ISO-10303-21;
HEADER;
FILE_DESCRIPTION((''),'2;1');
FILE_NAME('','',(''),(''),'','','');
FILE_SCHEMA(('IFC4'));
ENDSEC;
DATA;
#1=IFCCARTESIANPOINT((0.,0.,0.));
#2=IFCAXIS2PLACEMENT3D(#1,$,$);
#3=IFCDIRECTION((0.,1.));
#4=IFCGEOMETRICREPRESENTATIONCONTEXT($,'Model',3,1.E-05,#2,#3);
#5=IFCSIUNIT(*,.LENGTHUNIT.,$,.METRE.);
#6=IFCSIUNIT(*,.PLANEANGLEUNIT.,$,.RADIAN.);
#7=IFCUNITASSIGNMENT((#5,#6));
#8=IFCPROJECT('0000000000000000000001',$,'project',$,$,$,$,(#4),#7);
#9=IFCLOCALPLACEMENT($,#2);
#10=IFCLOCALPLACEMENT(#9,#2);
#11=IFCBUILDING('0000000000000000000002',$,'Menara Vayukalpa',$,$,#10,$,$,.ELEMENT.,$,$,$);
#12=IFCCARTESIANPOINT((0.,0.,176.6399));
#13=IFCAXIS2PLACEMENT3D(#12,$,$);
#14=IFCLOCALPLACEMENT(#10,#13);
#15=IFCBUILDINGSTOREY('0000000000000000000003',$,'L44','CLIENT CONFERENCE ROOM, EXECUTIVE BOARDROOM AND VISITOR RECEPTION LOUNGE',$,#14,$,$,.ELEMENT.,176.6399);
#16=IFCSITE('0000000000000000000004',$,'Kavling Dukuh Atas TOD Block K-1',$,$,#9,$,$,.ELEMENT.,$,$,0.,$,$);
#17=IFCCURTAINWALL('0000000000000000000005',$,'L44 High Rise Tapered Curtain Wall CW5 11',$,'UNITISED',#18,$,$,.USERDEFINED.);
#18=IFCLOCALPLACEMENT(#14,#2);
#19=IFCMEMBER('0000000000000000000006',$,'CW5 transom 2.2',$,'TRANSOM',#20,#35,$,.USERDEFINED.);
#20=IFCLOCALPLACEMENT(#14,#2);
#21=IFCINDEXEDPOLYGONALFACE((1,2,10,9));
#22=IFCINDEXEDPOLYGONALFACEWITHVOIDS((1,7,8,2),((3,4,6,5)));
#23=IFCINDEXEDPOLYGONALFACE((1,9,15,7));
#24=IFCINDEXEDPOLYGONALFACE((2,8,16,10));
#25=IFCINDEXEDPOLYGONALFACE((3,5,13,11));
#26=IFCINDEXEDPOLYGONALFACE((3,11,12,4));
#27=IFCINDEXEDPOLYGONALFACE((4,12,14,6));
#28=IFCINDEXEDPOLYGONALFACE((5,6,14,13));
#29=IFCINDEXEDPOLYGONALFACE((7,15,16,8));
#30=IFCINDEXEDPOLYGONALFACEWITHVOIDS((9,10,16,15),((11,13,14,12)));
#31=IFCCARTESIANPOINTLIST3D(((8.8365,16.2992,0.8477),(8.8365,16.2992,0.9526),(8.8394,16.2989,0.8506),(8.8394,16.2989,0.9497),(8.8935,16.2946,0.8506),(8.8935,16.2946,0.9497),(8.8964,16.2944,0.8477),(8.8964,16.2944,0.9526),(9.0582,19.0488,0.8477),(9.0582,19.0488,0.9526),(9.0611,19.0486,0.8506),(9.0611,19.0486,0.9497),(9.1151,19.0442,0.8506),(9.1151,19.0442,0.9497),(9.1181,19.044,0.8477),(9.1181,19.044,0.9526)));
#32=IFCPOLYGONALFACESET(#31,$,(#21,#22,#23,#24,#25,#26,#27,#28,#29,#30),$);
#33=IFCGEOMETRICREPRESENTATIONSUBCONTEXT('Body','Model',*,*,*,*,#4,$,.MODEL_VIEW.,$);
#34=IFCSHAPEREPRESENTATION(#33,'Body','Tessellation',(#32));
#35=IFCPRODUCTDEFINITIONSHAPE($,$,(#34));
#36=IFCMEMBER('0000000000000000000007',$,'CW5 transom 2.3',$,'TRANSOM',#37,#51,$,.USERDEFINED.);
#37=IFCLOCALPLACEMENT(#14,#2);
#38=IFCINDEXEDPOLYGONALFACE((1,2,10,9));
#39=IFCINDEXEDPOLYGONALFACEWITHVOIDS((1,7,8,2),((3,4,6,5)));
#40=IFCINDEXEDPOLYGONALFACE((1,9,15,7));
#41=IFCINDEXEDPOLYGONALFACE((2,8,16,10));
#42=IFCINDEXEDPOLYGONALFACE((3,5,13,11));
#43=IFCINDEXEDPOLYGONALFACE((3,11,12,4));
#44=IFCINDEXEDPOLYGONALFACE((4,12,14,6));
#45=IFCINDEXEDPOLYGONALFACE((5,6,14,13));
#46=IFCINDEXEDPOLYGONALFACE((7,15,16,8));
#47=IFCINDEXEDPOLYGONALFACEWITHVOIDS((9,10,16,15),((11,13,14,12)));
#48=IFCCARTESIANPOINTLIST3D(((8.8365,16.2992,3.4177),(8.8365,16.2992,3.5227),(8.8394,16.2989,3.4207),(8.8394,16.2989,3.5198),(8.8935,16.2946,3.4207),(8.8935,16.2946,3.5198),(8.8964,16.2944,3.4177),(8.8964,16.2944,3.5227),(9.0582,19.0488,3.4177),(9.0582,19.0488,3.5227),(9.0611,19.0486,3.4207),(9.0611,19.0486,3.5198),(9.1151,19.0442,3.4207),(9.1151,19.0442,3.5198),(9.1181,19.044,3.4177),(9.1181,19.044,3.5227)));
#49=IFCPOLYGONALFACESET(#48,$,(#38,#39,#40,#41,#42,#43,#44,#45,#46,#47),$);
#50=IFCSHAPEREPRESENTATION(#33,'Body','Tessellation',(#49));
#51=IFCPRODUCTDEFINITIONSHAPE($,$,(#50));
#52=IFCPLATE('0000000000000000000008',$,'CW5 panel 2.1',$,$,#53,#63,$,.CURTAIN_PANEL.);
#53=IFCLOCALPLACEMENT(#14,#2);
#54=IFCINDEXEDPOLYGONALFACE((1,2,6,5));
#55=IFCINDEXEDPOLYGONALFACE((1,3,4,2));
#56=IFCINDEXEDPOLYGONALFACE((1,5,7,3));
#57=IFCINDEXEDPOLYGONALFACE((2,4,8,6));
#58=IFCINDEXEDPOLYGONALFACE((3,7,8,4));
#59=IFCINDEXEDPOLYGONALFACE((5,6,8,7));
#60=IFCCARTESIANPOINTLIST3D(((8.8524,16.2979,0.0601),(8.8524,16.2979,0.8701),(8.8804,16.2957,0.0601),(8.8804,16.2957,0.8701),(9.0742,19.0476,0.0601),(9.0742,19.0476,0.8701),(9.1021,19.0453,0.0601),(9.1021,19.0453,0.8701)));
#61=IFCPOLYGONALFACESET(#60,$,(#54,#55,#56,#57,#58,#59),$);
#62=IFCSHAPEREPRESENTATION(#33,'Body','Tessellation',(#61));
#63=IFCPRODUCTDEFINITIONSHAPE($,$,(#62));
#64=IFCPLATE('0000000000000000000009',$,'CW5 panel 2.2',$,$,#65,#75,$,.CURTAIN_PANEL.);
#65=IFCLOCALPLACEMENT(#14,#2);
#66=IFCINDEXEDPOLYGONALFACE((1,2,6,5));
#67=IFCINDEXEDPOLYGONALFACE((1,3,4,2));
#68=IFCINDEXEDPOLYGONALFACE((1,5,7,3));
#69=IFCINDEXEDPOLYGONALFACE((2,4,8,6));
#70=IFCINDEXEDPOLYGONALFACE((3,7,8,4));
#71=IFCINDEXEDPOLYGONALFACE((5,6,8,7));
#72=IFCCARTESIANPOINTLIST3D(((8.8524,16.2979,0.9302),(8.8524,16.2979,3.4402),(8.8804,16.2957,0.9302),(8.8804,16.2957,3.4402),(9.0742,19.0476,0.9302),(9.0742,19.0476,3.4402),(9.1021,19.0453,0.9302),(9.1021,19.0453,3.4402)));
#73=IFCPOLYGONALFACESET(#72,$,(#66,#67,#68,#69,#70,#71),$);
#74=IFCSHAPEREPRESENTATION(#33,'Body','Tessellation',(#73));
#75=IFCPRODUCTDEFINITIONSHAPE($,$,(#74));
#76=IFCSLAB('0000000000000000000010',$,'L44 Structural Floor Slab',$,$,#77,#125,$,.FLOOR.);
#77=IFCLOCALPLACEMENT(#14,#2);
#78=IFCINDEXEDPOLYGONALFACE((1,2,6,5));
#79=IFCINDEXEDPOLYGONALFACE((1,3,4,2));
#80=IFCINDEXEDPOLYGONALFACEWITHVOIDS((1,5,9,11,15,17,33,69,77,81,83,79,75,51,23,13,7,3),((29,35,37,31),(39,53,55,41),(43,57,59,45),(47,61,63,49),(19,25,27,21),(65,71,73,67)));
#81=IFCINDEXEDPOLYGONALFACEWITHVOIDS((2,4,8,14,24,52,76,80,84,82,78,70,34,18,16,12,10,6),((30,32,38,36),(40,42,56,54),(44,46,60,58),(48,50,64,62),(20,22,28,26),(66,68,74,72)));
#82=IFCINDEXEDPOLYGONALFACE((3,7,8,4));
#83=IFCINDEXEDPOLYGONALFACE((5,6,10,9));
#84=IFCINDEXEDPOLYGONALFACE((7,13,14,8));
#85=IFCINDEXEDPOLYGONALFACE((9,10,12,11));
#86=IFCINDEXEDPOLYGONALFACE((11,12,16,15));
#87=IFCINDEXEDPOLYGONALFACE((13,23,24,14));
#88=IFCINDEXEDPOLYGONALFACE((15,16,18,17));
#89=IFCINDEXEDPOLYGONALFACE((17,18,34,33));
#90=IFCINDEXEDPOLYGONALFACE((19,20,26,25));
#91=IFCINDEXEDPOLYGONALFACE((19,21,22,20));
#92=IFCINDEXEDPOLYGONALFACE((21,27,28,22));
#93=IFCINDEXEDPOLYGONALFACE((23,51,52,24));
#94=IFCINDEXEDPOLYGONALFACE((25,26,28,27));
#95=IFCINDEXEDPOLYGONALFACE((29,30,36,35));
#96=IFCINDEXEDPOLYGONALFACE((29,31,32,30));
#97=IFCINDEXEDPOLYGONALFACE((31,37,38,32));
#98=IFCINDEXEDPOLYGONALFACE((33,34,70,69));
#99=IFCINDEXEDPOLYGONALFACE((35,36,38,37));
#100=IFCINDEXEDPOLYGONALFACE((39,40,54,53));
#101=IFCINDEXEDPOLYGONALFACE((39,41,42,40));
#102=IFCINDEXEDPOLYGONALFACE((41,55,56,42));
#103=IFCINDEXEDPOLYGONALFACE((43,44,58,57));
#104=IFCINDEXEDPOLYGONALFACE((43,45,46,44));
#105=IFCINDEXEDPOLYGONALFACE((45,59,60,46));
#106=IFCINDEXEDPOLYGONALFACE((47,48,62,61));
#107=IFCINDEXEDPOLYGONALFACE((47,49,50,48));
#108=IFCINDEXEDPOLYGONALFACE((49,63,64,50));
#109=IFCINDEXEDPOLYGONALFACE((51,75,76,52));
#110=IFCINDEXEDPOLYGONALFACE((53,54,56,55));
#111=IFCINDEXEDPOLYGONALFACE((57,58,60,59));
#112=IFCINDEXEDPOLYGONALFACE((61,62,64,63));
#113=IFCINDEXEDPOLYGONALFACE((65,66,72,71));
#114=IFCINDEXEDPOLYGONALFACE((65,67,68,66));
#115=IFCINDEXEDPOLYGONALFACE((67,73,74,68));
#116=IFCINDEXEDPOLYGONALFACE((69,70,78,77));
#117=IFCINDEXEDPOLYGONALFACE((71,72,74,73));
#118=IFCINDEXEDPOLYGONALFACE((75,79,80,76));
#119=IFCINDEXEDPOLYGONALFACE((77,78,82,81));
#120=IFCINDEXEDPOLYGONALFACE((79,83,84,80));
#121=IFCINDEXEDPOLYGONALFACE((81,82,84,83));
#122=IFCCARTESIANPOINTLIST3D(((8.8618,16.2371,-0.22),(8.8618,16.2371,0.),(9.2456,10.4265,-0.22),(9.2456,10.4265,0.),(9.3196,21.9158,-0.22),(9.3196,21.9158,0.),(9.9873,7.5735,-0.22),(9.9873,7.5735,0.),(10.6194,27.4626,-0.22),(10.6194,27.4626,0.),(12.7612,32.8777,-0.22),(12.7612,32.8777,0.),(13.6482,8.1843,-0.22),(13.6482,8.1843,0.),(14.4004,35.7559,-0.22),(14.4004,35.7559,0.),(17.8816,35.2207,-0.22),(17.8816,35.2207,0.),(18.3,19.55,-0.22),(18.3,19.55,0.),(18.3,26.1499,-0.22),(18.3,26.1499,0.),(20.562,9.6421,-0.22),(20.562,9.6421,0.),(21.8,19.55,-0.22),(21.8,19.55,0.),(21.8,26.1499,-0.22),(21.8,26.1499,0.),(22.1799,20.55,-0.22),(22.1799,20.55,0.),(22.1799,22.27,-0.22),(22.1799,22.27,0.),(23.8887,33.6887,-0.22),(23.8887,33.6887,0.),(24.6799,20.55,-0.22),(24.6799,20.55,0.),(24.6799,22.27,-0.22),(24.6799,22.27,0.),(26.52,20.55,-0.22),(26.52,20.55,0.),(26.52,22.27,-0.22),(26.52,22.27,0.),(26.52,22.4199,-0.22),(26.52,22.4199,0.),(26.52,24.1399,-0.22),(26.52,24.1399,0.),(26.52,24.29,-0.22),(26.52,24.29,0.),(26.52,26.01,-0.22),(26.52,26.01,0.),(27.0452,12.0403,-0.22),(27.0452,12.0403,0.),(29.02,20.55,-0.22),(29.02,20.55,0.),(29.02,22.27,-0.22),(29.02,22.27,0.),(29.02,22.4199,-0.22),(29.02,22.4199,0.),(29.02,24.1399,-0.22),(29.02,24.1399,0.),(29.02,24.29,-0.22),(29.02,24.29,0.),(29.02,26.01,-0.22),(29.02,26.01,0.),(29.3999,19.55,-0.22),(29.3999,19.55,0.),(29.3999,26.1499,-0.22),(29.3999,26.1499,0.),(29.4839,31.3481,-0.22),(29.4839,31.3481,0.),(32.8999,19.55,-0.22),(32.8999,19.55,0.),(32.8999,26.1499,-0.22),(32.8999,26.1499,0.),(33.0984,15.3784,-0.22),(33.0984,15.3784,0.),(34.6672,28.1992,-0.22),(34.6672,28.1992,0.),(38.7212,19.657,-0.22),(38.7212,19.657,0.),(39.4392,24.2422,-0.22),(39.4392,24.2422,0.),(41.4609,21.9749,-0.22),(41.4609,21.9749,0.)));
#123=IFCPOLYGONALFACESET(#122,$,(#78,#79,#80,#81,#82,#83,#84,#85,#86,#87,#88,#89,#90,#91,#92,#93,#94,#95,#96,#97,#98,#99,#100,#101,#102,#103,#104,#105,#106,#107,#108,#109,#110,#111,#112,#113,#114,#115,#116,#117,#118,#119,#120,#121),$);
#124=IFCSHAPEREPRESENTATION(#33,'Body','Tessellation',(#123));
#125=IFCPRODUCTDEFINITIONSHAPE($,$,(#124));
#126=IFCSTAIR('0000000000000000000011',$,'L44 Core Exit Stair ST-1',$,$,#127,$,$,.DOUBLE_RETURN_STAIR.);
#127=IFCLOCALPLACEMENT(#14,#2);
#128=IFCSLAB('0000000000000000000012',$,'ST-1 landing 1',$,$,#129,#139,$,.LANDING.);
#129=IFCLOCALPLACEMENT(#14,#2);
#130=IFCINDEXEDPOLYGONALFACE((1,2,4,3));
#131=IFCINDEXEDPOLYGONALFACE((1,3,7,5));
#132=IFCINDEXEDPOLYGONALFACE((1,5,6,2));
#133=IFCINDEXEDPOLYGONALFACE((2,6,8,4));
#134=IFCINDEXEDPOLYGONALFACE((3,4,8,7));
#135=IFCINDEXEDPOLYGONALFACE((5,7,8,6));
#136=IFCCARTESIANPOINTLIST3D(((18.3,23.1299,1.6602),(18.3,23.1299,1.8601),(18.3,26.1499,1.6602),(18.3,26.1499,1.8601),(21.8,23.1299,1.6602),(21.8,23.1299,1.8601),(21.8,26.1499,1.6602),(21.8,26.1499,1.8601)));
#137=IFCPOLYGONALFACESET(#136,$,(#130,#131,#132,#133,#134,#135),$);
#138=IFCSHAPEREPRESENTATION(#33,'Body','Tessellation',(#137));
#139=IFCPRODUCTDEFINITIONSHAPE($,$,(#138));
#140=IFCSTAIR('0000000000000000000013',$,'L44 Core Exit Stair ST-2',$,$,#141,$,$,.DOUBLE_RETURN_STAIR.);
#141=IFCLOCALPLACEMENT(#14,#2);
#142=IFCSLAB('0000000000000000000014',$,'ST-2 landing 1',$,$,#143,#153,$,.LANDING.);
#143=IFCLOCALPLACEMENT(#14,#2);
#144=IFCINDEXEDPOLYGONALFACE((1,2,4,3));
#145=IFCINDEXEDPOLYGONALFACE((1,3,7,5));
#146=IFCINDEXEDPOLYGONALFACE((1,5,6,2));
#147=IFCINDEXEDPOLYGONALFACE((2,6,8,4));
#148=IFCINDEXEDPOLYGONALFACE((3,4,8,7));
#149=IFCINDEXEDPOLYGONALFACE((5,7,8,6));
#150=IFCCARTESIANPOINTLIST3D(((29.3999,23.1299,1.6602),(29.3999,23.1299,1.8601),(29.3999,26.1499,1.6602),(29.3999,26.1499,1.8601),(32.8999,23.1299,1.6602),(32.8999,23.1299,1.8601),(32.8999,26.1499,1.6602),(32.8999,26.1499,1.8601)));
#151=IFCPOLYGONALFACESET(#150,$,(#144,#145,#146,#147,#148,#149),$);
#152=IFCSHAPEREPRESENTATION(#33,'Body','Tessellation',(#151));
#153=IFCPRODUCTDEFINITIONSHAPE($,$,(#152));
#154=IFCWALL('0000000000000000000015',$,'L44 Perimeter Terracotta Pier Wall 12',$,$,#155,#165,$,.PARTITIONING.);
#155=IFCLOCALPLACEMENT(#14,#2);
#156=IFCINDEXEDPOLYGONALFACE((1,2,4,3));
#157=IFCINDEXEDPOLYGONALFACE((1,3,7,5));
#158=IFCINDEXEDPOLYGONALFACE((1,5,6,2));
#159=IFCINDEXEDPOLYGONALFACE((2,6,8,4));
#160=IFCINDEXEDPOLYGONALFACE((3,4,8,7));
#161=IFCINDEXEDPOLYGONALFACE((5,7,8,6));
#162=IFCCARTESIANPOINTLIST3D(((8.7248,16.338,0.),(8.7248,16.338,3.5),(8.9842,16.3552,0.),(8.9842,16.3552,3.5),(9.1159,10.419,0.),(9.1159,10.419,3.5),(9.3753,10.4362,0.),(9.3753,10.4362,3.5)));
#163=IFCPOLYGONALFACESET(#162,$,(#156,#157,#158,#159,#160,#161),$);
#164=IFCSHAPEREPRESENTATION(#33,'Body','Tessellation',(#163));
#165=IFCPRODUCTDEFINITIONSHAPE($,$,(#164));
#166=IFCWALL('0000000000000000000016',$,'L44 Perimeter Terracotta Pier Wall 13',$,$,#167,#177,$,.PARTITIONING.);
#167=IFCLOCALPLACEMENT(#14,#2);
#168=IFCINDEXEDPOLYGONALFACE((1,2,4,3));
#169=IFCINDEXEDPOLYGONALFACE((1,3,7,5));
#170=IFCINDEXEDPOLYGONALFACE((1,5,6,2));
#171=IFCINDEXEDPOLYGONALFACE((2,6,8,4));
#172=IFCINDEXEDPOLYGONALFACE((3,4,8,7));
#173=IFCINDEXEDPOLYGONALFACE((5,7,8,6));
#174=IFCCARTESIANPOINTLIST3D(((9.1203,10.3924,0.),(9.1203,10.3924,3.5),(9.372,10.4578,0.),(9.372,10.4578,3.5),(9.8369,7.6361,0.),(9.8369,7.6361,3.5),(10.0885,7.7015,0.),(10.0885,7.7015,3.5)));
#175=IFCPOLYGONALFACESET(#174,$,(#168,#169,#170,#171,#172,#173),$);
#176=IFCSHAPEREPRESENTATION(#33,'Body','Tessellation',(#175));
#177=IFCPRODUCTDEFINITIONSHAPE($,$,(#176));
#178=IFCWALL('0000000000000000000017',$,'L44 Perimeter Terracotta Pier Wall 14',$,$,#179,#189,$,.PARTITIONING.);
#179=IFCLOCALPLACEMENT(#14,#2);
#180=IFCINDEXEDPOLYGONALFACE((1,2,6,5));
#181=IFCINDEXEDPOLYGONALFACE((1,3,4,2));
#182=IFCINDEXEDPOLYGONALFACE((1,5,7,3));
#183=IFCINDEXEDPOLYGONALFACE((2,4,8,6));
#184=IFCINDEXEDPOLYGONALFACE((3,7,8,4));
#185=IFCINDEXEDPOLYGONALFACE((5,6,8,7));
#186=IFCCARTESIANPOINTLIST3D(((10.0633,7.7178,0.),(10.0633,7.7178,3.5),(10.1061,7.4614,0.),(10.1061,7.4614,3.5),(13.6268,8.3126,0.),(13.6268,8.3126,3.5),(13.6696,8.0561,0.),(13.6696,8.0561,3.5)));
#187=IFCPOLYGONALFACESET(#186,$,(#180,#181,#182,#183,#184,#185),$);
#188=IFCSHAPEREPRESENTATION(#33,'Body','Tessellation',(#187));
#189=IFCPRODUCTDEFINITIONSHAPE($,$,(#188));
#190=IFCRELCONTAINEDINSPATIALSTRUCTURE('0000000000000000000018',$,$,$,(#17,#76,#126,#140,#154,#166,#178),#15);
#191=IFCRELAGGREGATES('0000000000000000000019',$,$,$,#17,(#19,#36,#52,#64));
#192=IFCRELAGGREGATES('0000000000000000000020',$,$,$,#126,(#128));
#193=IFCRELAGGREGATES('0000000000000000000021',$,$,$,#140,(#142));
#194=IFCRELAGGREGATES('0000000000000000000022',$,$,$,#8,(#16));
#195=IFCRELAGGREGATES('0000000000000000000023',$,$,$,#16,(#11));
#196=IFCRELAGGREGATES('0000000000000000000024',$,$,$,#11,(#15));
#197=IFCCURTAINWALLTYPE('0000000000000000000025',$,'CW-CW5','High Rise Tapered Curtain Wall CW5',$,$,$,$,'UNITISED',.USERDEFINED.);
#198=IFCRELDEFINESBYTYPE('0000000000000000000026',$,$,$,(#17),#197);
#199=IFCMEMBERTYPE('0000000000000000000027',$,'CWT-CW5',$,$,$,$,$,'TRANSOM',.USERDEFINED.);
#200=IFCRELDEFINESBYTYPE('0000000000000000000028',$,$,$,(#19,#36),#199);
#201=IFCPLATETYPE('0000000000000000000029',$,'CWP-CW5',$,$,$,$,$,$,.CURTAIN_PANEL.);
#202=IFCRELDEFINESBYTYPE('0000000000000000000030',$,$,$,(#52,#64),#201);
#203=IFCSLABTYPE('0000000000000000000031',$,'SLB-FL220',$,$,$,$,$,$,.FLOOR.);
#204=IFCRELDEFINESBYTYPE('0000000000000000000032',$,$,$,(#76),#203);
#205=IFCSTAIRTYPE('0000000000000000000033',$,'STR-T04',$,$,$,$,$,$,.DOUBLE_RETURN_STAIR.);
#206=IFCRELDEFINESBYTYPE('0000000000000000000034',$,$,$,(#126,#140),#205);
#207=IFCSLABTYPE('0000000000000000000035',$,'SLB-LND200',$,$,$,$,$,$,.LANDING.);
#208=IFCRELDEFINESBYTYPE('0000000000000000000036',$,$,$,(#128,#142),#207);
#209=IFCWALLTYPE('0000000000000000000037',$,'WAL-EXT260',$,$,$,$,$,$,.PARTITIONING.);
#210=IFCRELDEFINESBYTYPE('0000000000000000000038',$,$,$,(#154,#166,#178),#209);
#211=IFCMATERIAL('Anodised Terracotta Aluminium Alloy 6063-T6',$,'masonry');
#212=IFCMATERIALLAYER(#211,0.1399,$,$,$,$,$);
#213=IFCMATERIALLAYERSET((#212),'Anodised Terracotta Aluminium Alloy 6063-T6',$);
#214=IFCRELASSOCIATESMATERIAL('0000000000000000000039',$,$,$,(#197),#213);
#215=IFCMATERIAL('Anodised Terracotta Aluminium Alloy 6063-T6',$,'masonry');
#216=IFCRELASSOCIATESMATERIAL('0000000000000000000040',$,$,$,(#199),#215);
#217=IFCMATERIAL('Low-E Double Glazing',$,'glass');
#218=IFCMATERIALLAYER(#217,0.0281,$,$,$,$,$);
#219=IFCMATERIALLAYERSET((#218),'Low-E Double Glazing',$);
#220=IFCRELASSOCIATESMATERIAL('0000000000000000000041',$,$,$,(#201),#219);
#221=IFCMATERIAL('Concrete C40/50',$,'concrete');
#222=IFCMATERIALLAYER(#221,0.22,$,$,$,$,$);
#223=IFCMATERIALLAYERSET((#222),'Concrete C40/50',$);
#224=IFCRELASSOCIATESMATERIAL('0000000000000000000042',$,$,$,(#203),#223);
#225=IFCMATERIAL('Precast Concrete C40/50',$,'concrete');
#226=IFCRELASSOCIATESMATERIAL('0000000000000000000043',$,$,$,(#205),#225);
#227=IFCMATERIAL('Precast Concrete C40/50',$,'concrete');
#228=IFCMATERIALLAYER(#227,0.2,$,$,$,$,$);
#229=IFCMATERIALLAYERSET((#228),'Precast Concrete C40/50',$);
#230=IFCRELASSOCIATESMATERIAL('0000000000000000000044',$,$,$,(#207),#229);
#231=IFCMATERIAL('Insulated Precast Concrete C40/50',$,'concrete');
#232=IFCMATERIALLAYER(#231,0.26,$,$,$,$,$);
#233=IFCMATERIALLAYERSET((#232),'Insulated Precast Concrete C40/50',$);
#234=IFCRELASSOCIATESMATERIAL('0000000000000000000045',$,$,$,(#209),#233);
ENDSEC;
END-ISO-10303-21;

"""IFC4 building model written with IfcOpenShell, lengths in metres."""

from ifc_helpers import new_model, si_unit, direction, frame, frame_2d, origin, origin_2d, place, context, subcontext, project, spatial, polyline, rectangle, hollow_rectangle, outline, extrude, material, layer, layer_set, material_profile, profile_set, type_object, element, aggregate, save


model = new_model("IFC4")

# Units and contexts
model_context = context("Model", 3, precision=1e-05, world=origin(), true_north=direction((0.0, 1.0)))
body_context = subcontext(model_context, "Body", "Model", "MODEL_VIEW")
ifc_project = project(units=[si_unit("LENGTHUNIT", "METRE"), si_unit("PLANEANGLEUNIT", "RADIAN")], contexts=[model_context])

# Site, building, storey
site_placement = place(None, origin())
site = spatial("IfcSite", under=ifc_project, at=site_placement, Name="Kavling Dukuh Atas TOD Block K-1", CompositionType="ELEMENT", RefElevation=0.0)
building_placement = place(site_placement, origin())
building = spatial("IfcBuilding", under=site, at=building_placement, Name="Menara Vayukalpa", CompositionType="ELEMENT")
storey_placement = place(building_placement, frame((0.0, 0.0, 176.6399)))
storey = spatial("IfcBuildingStorey", under=building, at=storey_placement, Name="L44", Description="CLIENT CONFERENCE ROOM, EXECUTIVE BOARDROOM AND VISITOR RECEPTION LOUNGE", CompositionType="ELEMENT", Elevation=176.6399)

# Curtain wall, members, plates
ifc_material_1 = material(Name="Anodised Terracotta Aluminium Alloy 6063-T6", Category="masonry")
ifc_layer_1 = layer(ifc_material_1, 0.1399)
ifc_layer_set_1 = layer_set([ifc_layer_1], Name="Anodised Terracotta Aluminium Alloy 6063-T6")
curtain_wall_type = type_object("IfcCurtainWallType", Name="CW-CW5", Description="High Rise Tapered Curtain Wall CW5", ElementType="UNITISED", PredefinedType="USERDEFINED", material=ifc_layer_set_1)
curtain_wall_placement = place(storey_placement, origin())
curtain_wall = element("IfcCurtainWall", 1, at=curtain_wall_placement, inside=storey, type_object=curtain_wall_type, Name="L44 High Rise Tapered Curtain Wall CW5 11", ObjectType="UNITISED", PredefinedType="USERDEFINED")
ifc_material_2 = material(Name="Anodised Terracotta Aluminium Alloy 6063-T6", Category="masonry")
ifc_material_profile_1 = material_profile(ifc_material_2, hollow_rectangle(XDim=0.0601, YDim=0.105, WallThickness=0.0029, at=origin_2d()), Name="ALU 60x105x3")
ifc_profile_set_1 = profile_set([ifc_material_profile_1], Name="Anodised Terracotta Aluminium Alloy 6063-T6")
member_type_1 = type_object("IfcMemberType", Name="CWT-CW5", ElementType="TRANSOM", PredefinedType="USERDEFINED", material=ifc_profile_set_1)
member_1_placement = place(storey_placement, frame((9.0881, 19.0464, 0.9001), z_axis=(-0.080364, -0.996766, 0.0), x_axis=(0.996766, -0.080364, 0.0)))
member_1 = element("IfcMember", 2, at=member_1_placement, type_object=member_type_1, Name="CW5 transom 2.2", ObjectType="TRANSOM", PredefinedType="USERDEFINED", context=body_context, shape_type="SweptSolid", body=[
    extrude(hollow_rectangle(XDim=0.0601, YDim=0.105, WallThickness=0.0029, at=origin_2d()), origin(), (0.0, 0.0, 1.0), 2.7585),
])
member_2_placement = place(storey_placement, frame((9.0881, 19.0464, 3.4702), z_axis=(-0.080364, -0.996766, 0.0), x_axis=(0.996766, -0.080364, 0.0)))
member_2 = element("IfcMember", 3, at=member_2_placement, type_object=member_type_1, Name="CW5 transom 2.3", ObjectType="TRANSOM", PredefinedType="USERDEFINED", context=body_context, shape_type="SweptSolid", body=[
    extrude(hollow_rectangle(XDim=0.0601, YDim=0.105, WallThickness=0.0029, at=origin_2d()), origin(), (0.0, 0.0, 1.0), 2.7585),
])
ifc_material_3 = material(Name="Low-E Double Glazing", Category="glass")
ifc_layer_2 = layer(ifc_material_3, 0.0281)
ifc_layer_set_2 = layer_set([ifc_layer_2], Name="Low-E Double Glazing")
plate_type = type_object("IfcPlateType", Name="CWP-CW5", PredefinedType="CURTAIN_PANEL", material=ifc_layer_set_2)
plate_1_placement = place(storey_placement, frame((8.9773, 17.6716, 0.0601), z_axis=(0.0, 0.0, 1.0), x_axis=(-0.080374, -0.996765, 0.0)))
plate_1 = element("IfcPlate", 4, at=plate_1_placement, type_object=plate_type, Name="CW5 panel 2.1", PredefinedType="CURTAIN_PANEL", context=body_context, shape_type="SweptSolid", body=[
    extrude(rectangle(XDim=2.7585, YDim=0.0281, at=origin_2d()), origin(), (0.0, 0.0, 1.0), 0.8101),
])
plate_2_placement = place(storey_placement, frame((8.9773, 17.6716, 0.9302), z_axis=(0.0, 0.0, 1.0), x_axis=(-0.080374, -0.996765, 0.0)))
plate_2 = element("IfcPlate", 5, at=plate_2_placement, type_object=plate_type, Name="CW5 panel 2.2", PredefinedType="CURTAIN_PANEL", context=body_context, shape_type="SweptSolid", body=[
    extrude(rectangle(XDim=2.7585, YDim=0.0281, at=origin_2d()), origin(), (0.0, 0.0, 1.0), 2.51),
])
aggregate(curtain_wall, [member_1, member_2, plate_1, plate_2])

# Slab
ifc_material_4 = material(Name="Concrete C40/50", Category="concrete")
ifc_layer_3 = layer(ifc_material_4, 0.22)
ifc_layer_set_3 = layer_set([ifc_layer_3], Name="Concrete C40/50")
slab_type_1 = type_object("IfcSlabType", Name="SLB-FL220", PredefinedType="FLOOR", material=ifc_layer_set_3)
slab_1_placement = place(storey_placement, frame((0.0, 0.0, -0.22)))
element("IfcSlab", 6, at=slab_1_placement, inside=storey, type_object=slab_type_1, Name="L44 Structural Floor Slab", PredefinedType="FLOOR", context=body_context, shape_type="SweptSolid", body=[
    extrude(outline(polyline([(38.7212, 19.657), (41.4609, 21.9749), (39.4392, 24.2422), (34.6672, 28.1992), (29.4839, 31.3481), (23.8887, 33.6887), (17.8816, 35.2207), (14.4004, 35.7559), (12.7612, 32.8777), (10.6194, 27.4626), (9.3196, 21.9158), (8.8618, 16.2371), (9.2456, 10.4265), (9.9873, 7.5735), (13.6482, 8.1843), (20.562, 9.6421), (27.0452, 12.0403), (33.0984, 15.3784), (38.7212, 19.657)]), holes=[polyline([(21.8, 19.55), (21.8, 26.1499), (18.3, 26.1499), (18.3, 19.55), (21.8, 19.55)]), polyline([(32.8999, 19.55), (32.8999, 26.1499), (29.3999, 26.1499), (29.3999, 19.55), (32.8999, 19.55)]), polyline([(22.1799, 20.55), (24.6799, 20.55), (24.6799, 22.27), (22.1799, 22.27), (22.1799, 20.55)]), polyline([(26.52, 20.55), (29.02, 20.55), (29.02, 22.27), (26.52, 22.27), (26.52, 20.55)]), polyline([(26.52, 24.29), (29.02, 24.29), (29.02, 26.01), (26.52, 26.01), (26.52, 24.29)]), polyline([(26.52, 22.4199), (29.02, 22.4199), (29.02, 24.1399), (26.52, 24.1399), (26.52, 22.4199)])]), origin(), (0.0, 0.0, 1.0), 0.22),
])

# Stairs, slabs
ifc_material_5 = material(Name="Precast Concrete C40/50", Category="concrete")
stair_type = type_object("IfcStairType", Name="STR-T04", PredefinedType="DOUBLE_RETURN_STAIR", material=ifc_material_5)
stair_1_placement = place(storey_placement, origin())
stair_1 = element("IfcStair", 7, at=stair_1_placement, inside=storey, type_object=stair_type, Name="L44 Core Exit Stair ST-1", PredefinedType="DOUBLE_RETURN_STAIR")
ifc_material_6 = material(Name="Precast Concrete C40/50", Category="concrete")
ifc_layer_4 = layer(ifc_material_6, 0.2)
ifc_layer_set_4 = layer_set([ifc_layer_4], Name="Precast Concrete C40/50")
slab_type_2 = type_object("IfcSlabType", Name="SLB-LND200", PredefinedType="LANDING", material=ifc_layer_set_4)
slab_2_placement = place(storey_placement, frame((0.0, 0.0, 1.6602)))
slab_2 = element("IfcSlab", 8, at=slab_2_placement, type_object=slab_type_2, Name="ST-1 landing 1", PredefinedType="LANDING", context=body_context, shape_type="SweptSolid", body=[
    extrude(outline(polyline([(21.8, 23.1299), (21.8, 26.1499), (18.3, 26.1499), (18.3, 23.1299), (21.8, 23.1299)])), origin(), (0.0, 0.0, 1.0), 0.2),
])
aggregate(stair_1, [slab_2])
stair_2_placement = place(storey_placement, origin())
stair_2 = element("IfcStair", 9, at=stair_2_placement, inside=storey, type_object=stair_type, Name="L44 Core Exit Stair ST-2", PredefinedType="DOUBLE_RETURN_STAIR")
slab_3_placement = place(storey_placement, frame((0.0, 0.0, 1.6602)))
slab_3 = element("IfcSlab", 10, at=slab_3_placement, type_object=slab_type_2, Name="ST-2 landing 1", PredefinedType="LANDING", context=body_context, shape_type="SweptSolid", body=[
    extrude(outline(polyline([(32.8999, 23.1299), (32.8999, 26.1499), (29.3999, 26.1499), (29.3999, 23.1299), (32.8999, 23.1299)])), origin(), (0.0, 0.0, 1.0), 0.2),
])
aggregate(stair_2, [slab_3])

# Walls
ifc_material_7 = material(Name="Insulated Precast Concrete C40/50", Category="concrete")
ifc_layer_5 = layer(ifc_material_7, 0.26)
ifc_layer_set_5 = layer_set([ifc_layer_5], Name="Insulated Precast Concrete C40/50")
wall_type_1 = type_object("IfcWallType", Name="WAL-EXT260", PredefinedType="PARTITIONING", material=ifc_layer_set_5)
wall_1_placement = place(storey_placement, frame((9.2456, 10.4277, 0.0), z_axis=(0.0, 0.0, 1.0), x_axis=(-0.065934, 0.997824, 0.0)))
element("IfcWall", 11, at=wall_1_placement, inside=storey, type_object=wall_type_1, Name="L44 Perimeter Terracotta Pier Wall 12", PredefinedType="PARTITIONING", context=body_context, shape_type="SweptSolid", body=[
    extrude(rectangle(XDim=5.9319, YDim=0.26, at=frame_2d((2.9658, 0.0))), origin(), (0.0, 0.0, 1.0), 3.5),
])
wall_2_placement = place(storey_placement, frame((9.9626, 7.6689, 0.0), z_axis=(0.0, 0.0, 1.0), x_axis=(-0.251602, 0.967831, 0.0)))
element("IfcWall", 12, at=wall_2_placement, inside=storey, type_object=wall_type_1, Name="L44 Perimeter Terracotta Pier Wall 13", PredefinedType="PARTITIONING", context=body_context, shape_type="SweptSolid", body=[
    extrude(rectangle(XDim=2.8479, YDim=0.26, at=frame_2d((1.4238, 0.0))), origin(), (0.0, 0.0, 1.0), 3.5),
])
wall_3_placement = place(storey_placement, frame((13.6482, 8.1843, 0.0), z_axis=(0.0, 0.0, 1.0), x_axis=(-0.986357, -0.164618, 0.0)))
element("IfcWall", 13, at=wall_3_placement, inside=storey, type_object=wall_type_1, Name="L44 Perimeter Terracotta Pier Wall 14", PredefinedType="PARTITIONING", context=body_context, shape_type="SweptSolid", body=[
    extrude(rectangle(XDim=3.6128, YDim=0.26, at=frame_2d((1.8064, 0.0))), origin(), (0.0, 0.0, 1.0), 3.5),
])

save(model, "model.ifc")
